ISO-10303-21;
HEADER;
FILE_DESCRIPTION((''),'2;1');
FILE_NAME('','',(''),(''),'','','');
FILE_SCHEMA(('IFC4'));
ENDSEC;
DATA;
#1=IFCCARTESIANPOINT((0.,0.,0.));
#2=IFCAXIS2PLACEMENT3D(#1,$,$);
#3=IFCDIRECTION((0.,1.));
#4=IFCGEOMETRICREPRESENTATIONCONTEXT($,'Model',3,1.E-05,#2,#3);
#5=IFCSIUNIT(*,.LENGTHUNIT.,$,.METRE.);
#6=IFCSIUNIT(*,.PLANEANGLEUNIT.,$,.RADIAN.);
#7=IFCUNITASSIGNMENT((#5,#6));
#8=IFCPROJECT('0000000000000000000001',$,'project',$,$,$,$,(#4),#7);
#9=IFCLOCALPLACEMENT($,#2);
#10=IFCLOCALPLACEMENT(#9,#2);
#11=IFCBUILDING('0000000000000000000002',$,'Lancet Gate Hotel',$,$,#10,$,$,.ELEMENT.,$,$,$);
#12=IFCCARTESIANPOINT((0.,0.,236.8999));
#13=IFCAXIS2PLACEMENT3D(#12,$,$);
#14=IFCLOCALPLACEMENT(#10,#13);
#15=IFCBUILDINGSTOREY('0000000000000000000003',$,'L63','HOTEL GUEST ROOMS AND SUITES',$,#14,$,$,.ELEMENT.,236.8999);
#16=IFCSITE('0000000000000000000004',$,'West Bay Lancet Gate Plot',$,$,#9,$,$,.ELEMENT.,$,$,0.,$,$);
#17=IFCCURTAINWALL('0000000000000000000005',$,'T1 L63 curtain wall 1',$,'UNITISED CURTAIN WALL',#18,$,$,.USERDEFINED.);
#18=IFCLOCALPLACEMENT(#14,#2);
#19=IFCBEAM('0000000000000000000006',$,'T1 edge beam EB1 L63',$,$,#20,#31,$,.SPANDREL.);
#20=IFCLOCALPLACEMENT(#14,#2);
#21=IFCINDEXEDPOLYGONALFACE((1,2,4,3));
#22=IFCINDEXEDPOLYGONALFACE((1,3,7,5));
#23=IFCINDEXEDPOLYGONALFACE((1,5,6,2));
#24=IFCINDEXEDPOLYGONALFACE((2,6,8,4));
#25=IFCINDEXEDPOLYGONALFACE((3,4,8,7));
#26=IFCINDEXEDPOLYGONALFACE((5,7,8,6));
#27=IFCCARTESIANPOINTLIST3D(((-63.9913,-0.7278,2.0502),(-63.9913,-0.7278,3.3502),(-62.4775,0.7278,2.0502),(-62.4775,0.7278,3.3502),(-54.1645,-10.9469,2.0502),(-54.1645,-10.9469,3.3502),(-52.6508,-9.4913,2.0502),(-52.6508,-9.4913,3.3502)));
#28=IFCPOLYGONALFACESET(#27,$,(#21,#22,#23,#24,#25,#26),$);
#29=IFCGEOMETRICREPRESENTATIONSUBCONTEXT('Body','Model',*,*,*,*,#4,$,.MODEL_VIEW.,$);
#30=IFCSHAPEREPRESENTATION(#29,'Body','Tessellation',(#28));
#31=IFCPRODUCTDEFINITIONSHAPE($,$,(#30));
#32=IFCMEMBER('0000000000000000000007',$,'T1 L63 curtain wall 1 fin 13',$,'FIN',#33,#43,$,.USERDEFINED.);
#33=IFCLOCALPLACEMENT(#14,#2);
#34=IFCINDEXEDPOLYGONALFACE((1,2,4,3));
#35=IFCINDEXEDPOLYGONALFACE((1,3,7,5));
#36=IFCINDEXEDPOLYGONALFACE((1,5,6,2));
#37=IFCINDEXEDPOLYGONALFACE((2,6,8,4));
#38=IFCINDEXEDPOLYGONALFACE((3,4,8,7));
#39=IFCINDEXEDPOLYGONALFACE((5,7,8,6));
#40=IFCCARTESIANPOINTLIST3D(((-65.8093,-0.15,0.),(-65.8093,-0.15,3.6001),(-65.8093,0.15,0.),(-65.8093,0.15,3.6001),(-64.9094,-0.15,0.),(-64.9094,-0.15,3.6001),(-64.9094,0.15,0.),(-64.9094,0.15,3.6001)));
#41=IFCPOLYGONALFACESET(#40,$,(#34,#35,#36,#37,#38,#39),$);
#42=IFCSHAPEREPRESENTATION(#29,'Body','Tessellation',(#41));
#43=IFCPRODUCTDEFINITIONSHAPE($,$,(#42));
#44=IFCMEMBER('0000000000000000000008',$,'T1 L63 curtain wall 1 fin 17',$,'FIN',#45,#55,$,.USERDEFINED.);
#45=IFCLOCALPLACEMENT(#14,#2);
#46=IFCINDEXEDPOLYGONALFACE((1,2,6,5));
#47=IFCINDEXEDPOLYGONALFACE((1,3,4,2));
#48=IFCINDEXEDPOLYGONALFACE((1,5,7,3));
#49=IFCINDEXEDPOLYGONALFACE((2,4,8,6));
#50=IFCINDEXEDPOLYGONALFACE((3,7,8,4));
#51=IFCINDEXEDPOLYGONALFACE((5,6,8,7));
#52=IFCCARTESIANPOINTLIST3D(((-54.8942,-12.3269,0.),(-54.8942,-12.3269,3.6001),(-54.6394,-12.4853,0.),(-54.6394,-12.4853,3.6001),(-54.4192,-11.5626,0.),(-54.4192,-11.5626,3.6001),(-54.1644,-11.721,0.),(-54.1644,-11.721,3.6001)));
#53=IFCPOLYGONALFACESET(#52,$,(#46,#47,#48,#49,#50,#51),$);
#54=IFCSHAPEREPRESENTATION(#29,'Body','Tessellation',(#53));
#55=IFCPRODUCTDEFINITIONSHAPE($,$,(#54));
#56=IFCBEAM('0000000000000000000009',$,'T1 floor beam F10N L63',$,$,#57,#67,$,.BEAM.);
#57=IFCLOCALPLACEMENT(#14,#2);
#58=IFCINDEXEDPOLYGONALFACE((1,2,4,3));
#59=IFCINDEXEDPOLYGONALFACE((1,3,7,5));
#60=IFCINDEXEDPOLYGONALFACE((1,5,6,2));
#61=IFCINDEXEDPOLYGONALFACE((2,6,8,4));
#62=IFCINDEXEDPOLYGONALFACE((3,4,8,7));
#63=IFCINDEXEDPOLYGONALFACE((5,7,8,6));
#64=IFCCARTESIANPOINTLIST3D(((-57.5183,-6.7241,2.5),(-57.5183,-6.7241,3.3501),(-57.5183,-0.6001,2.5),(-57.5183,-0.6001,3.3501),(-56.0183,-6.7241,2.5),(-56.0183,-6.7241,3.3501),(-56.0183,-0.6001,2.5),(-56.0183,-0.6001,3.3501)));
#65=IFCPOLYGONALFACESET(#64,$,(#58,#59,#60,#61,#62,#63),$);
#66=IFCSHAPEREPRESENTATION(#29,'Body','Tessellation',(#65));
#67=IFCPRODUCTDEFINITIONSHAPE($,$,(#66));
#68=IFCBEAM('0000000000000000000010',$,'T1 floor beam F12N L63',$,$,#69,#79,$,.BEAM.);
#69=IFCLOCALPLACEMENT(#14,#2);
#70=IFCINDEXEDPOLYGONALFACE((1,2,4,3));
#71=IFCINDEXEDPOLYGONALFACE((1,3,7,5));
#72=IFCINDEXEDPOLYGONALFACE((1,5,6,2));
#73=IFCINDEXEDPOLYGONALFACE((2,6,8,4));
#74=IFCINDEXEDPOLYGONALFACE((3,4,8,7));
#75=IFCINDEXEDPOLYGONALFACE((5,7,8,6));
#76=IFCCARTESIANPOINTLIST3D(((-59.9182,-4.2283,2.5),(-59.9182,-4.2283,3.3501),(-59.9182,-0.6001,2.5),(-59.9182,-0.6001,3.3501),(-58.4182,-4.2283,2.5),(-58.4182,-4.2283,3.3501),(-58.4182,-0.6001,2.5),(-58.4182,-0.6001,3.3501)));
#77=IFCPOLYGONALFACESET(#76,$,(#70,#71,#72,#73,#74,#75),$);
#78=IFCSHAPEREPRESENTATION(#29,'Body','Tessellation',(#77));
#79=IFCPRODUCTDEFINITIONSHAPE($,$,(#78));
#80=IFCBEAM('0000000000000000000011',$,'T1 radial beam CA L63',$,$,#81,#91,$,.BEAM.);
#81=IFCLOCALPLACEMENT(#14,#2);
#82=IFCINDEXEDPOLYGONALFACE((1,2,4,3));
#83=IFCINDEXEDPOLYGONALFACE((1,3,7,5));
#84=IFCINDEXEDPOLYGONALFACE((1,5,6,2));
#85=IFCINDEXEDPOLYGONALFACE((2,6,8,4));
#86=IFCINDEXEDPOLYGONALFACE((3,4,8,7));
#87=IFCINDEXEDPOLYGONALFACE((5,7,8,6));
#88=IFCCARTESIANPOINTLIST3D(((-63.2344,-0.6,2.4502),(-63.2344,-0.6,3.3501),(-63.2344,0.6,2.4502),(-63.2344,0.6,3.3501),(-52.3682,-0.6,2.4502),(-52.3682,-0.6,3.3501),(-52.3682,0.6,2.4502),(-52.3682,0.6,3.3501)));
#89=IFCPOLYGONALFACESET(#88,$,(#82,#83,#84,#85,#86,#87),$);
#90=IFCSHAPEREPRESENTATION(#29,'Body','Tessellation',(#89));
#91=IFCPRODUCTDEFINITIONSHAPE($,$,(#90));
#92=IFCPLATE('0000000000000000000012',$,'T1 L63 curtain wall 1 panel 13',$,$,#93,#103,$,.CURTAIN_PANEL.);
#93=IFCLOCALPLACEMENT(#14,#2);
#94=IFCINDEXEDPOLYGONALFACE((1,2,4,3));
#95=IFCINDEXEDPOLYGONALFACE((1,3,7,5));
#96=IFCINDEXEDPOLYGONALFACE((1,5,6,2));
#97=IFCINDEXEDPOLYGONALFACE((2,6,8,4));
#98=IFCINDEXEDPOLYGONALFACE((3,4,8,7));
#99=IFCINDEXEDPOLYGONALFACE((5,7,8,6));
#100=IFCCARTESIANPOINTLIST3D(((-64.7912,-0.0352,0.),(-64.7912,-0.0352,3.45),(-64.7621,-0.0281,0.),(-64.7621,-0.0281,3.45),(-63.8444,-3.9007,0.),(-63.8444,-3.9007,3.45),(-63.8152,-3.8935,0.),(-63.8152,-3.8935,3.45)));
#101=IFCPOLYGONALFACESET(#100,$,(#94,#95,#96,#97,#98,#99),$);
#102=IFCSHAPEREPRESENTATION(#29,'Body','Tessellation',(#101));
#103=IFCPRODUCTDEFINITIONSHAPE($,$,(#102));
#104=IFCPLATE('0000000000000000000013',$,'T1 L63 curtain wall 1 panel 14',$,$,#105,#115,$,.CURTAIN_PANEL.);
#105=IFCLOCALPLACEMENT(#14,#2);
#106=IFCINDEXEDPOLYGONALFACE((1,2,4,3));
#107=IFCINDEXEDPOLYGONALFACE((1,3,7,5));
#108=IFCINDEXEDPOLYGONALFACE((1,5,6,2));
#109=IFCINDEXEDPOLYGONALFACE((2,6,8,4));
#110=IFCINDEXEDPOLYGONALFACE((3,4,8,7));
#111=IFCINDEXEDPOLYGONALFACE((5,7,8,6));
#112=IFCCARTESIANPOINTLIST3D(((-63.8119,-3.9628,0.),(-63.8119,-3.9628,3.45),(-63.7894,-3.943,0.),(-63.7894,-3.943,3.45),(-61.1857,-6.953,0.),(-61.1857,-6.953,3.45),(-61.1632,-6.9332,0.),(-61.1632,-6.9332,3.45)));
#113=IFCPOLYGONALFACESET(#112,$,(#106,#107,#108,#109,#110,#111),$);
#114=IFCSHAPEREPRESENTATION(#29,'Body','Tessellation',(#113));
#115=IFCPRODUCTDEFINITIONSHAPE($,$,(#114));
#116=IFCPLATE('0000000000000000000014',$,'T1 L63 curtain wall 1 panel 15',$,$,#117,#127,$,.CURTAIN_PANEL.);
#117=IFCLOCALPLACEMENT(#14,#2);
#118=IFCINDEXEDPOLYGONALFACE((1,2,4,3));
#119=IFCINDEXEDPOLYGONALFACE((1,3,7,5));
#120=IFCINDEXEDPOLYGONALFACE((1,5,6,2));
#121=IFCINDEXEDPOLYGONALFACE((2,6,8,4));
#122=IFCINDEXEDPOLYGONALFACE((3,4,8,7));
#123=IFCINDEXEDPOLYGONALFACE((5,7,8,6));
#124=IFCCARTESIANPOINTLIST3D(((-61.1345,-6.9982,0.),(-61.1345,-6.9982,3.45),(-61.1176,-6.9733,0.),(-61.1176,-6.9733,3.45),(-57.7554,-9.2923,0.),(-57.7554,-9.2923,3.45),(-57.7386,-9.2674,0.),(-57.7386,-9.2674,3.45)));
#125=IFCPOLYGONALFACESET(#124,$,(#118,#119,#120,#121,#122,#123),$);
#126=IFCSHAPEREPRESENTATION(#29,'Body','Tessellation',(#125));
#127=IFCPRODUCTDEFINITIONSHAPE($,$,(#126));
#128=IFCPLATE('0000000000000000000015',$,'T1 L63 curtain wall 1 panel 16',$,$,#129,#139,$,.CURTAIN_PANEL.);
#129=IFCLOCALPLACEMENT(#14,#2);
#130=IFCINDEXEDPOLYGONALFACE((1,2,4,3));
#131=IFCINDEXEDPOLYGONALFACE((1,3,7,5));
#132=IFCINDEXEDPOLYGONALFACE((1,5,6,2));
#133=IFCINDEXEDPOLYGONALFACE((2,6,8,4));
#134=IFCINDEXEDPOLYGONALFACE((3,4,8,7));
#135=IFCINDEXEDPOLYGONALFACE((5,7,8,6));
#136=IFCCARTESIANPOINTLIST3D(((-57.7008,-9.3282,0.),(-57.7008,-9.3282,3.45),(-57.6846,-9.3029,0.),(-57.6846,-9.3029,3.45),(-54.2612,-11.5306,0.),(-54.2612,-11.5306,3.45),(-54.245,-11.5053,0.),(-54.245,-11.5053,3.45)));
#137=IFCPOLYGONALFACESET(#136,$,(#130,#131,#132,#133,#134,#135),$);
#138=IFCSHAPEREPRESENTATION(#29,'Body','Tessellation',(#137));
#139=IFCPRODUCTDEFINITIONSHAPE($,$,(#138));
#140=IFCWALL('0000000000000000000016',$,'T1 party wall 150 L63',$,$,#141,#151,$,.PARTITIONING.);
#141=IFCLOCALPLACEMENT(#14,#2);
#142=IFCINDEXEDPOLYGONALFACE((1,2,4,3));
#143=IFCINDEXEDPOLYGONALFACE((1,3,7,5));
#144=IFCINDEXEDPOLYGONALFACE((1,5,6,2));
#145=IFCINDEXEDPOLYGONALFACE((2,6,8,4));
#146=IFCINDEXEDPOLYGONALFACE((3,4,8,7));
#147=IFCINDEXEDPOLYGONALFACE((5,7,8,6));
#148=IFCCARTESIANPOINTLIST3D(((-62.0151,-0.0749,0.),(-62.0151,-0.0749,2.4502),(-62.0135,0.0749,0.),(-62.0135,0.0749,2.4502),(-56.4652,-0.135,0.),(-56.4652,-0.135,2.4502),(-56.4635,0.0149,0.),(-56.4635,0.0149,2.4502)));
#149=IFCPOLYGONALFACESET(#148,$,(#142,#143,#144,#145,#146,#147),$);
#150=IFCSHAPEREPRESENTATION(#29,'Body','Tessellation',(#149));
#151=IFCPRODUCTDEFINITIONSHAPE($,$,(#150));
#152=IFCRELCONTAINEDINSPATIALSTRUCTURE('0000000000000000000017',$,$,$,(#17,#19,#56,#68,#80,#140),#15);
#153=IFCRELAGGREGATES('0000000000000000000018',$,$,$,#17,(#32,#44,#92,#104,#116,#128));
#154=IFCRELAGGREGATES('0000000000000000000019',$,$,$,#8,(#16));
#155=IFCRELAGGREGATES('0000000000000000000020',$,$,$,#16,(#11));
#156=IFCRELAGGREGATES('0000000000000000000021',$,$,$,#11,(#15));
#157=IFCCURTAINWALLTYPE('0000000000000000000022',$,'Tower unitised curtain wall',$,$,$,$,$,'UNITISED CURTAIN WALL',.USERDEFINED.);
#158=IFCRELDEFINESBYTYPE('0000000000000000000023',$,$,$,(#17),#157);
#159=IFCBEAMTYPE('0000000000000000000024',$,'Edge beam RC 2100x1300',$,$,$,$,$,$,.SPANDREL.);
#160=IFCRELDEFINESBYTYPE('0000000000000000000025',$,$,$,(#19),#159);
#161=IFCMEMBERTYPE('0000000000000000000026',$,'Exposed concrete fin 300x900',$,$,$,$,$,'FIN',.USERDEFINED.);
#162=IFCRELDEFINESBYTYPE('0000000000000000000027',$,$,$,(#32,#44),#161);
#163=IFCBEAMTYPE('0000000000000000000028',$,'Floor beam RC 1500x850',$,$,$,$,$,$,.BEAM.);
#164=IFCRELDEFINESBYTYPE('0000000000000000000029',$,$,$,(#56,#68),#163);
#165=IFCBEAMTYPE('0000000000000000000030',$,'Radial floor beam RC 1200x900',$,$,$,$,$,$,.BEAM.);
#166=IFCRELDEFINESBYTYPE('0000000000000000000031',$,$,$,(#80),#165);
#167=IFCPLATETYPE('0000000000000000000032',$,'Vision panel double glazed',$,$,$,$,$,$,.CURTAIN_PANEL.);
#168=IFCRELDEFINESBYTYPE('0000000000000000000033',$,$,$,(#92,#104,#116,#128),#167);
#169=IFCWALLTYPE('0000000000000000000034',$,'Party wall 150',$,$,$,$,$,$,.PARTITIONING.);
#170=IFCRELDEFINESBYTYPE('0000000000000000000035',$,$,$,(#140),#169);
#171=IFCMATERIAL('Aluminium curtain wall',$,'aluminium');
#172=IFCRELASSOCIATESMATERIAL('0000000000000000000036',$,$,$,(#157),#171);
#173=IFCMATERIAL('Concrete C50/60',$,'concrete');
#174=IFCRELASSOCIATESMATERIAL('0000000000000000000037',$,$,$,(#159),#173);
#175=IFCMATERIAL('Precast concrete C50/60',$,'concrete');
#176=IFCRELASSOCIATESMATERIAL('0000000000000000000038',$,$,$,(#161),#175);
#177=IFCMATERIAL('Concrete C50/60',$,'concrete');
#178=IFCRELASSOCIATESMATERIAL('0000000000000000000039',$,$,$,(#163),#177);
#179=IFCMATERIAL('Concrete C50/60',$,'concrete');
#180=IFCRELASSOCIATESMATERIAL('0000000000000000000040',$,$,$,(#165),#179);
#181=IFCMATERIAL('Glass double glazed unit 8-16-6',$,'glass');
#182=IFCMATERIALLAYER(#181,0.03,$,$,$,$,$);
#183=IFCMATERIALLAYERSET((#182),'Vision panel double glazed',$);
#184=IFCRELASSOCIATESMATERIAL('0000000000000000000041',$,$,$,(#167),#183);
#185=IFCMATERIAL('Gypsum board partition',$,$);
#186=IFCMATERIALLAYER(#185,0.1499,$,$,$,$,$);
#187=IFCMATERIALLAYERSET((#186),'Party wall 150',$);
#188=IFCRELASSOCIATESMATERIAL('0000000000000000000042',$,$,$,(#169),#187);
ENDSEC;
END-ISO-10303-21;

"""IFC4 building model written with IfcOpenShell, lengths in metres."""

from ifc_helpers import new_model, si_unit, direction, frame, frame_2d, origin, origin_2d, place, context, subcontext, project, spatial, rectangle, extrude, material, layer, layer_set, material_profile, profile_set, type_object, element, aggregate, save


model = new_model("IFC4")

# Units and contexts
model_context = context("Model", 3, precision=1e-05, world=origin(), true_north=direction((0.0, 1.0)))
body_context = subcontext(model_context, "Body", "Model", "MODEL_VIEW")
ifc_project = project(units=[si_unit("LENGTHUNIT", "METRE"), si_unit("PLANEANGLEUNIT", "RADIAN")], contexts=[model_context])

# Site, building, storey
site_placement = place(None, origin())
site = spatial("IfcSite", under=ifc_project, at=site_placement, Name="West Bay Lancet Gate Plot", CompositionType="ELEMENT", RefElevation=0.0)
building_placement = place(site_placement, origin())
building = spatial("IfcBuilding", under=site, at=building_placement, Name="Lancet Gate Hotel", CompositionType="ELEMENT")
storey_placement = place(building_placement, frame((0.0, 0.0, 236.8999)))
storey = spatial("IfcBuildingStorey", under=building, at=storey_placement, Name="L63", Description="HOTEL GUEST ROOMS AND SUITES", CompositionType="ELEMENT", Elevation=236.8999)

# Curtain wall
ifc_material_1 = material(Name="Aluminium curtain wall", Category="aluminium")
curtain_wall_type = type_object("IfcCurtainWallType", Name="Tower unitised curtain wall", ElementType="UNITISED CURTAIN WALL", PredefinedType="USERDEFINED", material=ifc_material_1)
curtain_wall_placement = place(storey_placement, origin())
curtain_wall = element("IfcCurtainWall", 1, at=curtain_wall_placement, inside=storey, type_object=curtain_wall_type, Name="T1 L63 curtain wall 1", ObjectType="UNITISED CURTAIN WALL", PredefinedType="USERDEFINED")

# Beam
ifc_material_2 = material(Name="Concrete C50/60", Category="concrete")
ifc_material_profile_1 = material_profile(ifc_material_2, rectangle(XDim=2.1001, YDim=1.3, at=origin_2d()), Name="RC 2100x1300")
ifc_profile_set_1 = profile_set([ifc_material_profile_1], Name="Concrete C50/60")
beam_type_1 = type_object("IfcBeamType", Name="Edge beam RC 2100x1300", PredefinedType="SPANDREL", material=ifc_profile_set_1)
beam_1_placement = place(storey_placement, frame((-63.2344, 0.0, 2.7002), z_axis=(0.693135, -0.720808, 0.0), x_axis=(0.720808, 0.693135, 0.0)))
element("IfcBeam", 2, at=beam_1_placement, inside=storey, type_object=beam_type_1, Name="T1 edge beam EB1 L63", PredefinedType="SPANDREL", context=body_context, shape_type="SweptSolid", body=[
    extrude(rectangle(XDim=2.1001, YDim=1.3, at=origin_2d()), origin(), (0.0, 0.0, 1.0), 14.1772),
])

# Members
ifc_material_3 = material(Name="Precast concrete C50/60", Category="concrete")
ifc_material_profile_2 = material_profile(ifc_material_3, rectangle(XDim=0.3, YDim=0.8999, at=origin_2d()), Name="FIN 300x900")
ifc_profile_set_2 = profile_set([ifc_material_profile_2], Name="Precast concrete C50/60")
member_type_1 = type_object("IfcMemberType", Name="Exposed concrete fin 300x900", ElementType="FIN", PredefinedType="USERDEFINED", material=ifc_profile_set_2)
member_1_placement = place(storey_placement, frame((-65.3594, 0.0, 0.0), z_axis=(0.0, 0.0, 1.0), x_axis=(0.0, -1.0, 0.0)))
member_1 = element("IfcMember", 3, at=member_1_placement, type_object=member_type_1, Name="T1 L63 curtain wall 1 fin 13", ObjectType="FIN", PredefinedType="USERDEFINED", context=body_context, shape_type="SweptSolid", body=[
    extrude(rectangle(XDim=0.3, YDim=0.8999, at=origin_2d()), origin(), (0.0, 0.0, 1.0), 3.6001),
])
member_2_placement = place(storey_placement, frame((-54.5293, -12.0239, 0.0), z_axis=(0.0, 0.0, 1.0), x_axis=(0.849342, -0.527842, 0.0)))
member_2 = element("IfcMember", 4, at=member_2_placement, type_object=member_type_1, Name="T1 L63 curtain wall 1 fin 17", ObjectType="FIN", PredefinedType="USERDEFINED", context=body_context, shape_type="SweptSolid", body=[
    extrude(rectangle(XDim=0.3, YDim=0.8999, at=origin_2d()), origin(), (0.0, 0.0, 1.0), 3.6001),
])

# Beams
ifc_material_4 = material(Name="Concrete C50/60", Category="concrete")
ifc_material_profile_3 = material_profile(ifc_material_4, rectangle(XDim=1.5, YDim=0.8501, at=origin_2d()), Name="RC 1500x850")
ifc_profile_set_3 = profile_set([ifc_material_profile_3], Name="Concrete C50/60")
beam_type_2 = type_object("IfcBeamType", Name="Floor beam RC 1500x850", PredefinedType="BEAM", material=ifc_profile_set_3)
beam_2_placement = place(storey_placement, frame((-56.7683, -0.6001, 2.925), z_axis=(0.0, -1.0, 0.0), x_axis=(1.0, 0.0, 0.0)))
element("IfcBeam", 5, at=beam_2_placement, inside=storey, type_object=beam_type_2, Name="T1 floor beam F10N L63", PredefinedType="BEAM", context=body_context, shape_type="SweptSolid", body=[
    extrude(rectangle(XDim=1.5, YDim=0.8501, at=origin_2d()), origin(), (0.0, 0.0, 1.0), 6.124),
])
beam_3_placement = place(storey_placement, frame((-59.1682, -0.6001, 2.925), z_axis=(0.0, -1.0, 0.0), x_axis=(1.0, 0.0, 0.0)))
element("IfcBeam", 6, at=beam_3_placement, inside=storey, type_object=beam_type_2, Name="T1 floor beam F12N L63", PredefinedType="BEAM", context=body_context, shape_type="SweptSolid", body=[
    extrude(rectangle(XDim=1.5, YDim=0.8501, at=origin_2d()), origin(), (0.0, 0.0, 1.0), 3.6282),
])
ifc_material_5 = material(Name="Concrete C50/60", Category="concrete")
ifc_material_profile_4 = material_profile(ifc_material_5, rectangle(XDim=1.2, YDim=0.8999, at=origin_2d()), Name="RC 1200x900")
ifc_profile_set_4 = profile_set([ifc_material_profile_4], Name="Concrete C50/60")
beam_type_3 = type_object("IfcBeamType", Name="Radial floor beam RC 1200x900", PredefinedType="BEAM", material=ifc_profile_set_4)
beam_4_placement = place(storey_placement, frame((-63.2344, 0.0, 2.9001), z_axis=(1.0, 0.0, 0.0), x_axis=(0.0, 1.0, 0.0)))
element("IfcBeam", 7, at=beam_4_placement, inside=storey, type_object=beam_type_3, Name="T1 radial beam CA L63", PredefinedType="BEAM", context=body_context, shape_type="SweptSolid", body=[
    extrude(rectangle(XDim=1.2, YDim=0.8999, at=origin_2d()), origin(), (0.0, 0.0, 1.0), 10.8662),
])

# Plates
ifc_material_6 = material(Name="Glass double glazed unit 8-16-6", Category="glass")
ifc_layer_1 = layer(ifc_material_6, 0.03)
ifc_layer_set_1 = layer_set([ifc_layer_1], Name="Vision panel double glazed")
plate_type = type_object("IfcPlateType", Name="Vision panel double glazed", PredefinedType="CURTAIN_PANEL", material=ifc_layer_set_1)
plate_1_placement = place(storey_placement, frame((-64.3032, -1.9644, 0.0), z_axis=(0.0, 0.0, 1.0), x_axis=(0.237921, -0.971285, 0.0)))
plate_1 = element("IfcPlate", 8, at=plate_1_placement, type_object=plate_type, Name="T1 L63 curtain wall 1 panel 13", PredefinedType="CURTAIN_PANEL", context=body_context, shape_type="SweptSolid", body=[
    extrude(rectangle(XDim=3.9797, YDim=0.03, at=origin_2d()), origin(), (0.0, 0.0, 1.0), 3.45),
])
plate_2_placement = place(storey_placement, frame((-62.4875, -5.448, 0.0), z_axis=(0.0, 0.0, 1.0), x_axis=(0.659892, -0.751361, 0.0)))
plate_2 = element("IfcPlate", 9, at=plate_2_placement, type_object=plate_type, Name="T1 L63 curtain wall 1 panel 14", PredefinedType="CURTAIN_PANEL", context=body_context, shape_type="SweptSolid", body=[
    extrude(rectangle(XDim=3.9797, YDim=0.03, at=origin_2d()), origin(), (0.0, 0.0, 1.0), 3.45),
])
plate_3_placement = place(storey_placement, frame((-59.4365, -8.1328, 0.0), z_axis=(0.0, 0.0, 1.0), x_axis=(0.827342, -0.561698, 0.0)))
plate_3 = element("IfcPlate", 10, at=plate_3_placement, type_object=plate_type, Name="T1 L63 curtain wall 1 panel 15", PredefinedType="CURTAIN_PANEL", context=body_context, shape_type="SweptSolid", body=[
    extrude(rectangle(XDim=4.0842, YDim=0.03, at=origin_2d()), origin(), (0.0, 0.0, 1.0), 3.45),
])
plate_4_placement = place(storey_placement, frame((-55.9729, -10.4167, 0.0), z_axis=(0.0, 0.0, 1.0), x_axis=(0.842161, -0.539226, 0.0)))
plate_4 = element("IfcPlate", 11, at=plate_4_placement, type_object=plate_type, Name="T1 L63 curtain wall 1 panel 16", PredefinedType="CURTAIN_PANEL", context=body_context, shape_type="SweptSolid", body=[
    extrude(rectangle(XDim=4.0842, YDim=0.03, at=origin_2d()), origin(), (0.0, 0.0, 1.0), 3.45),
])
aggregate(curtain_wall, [member_1, member_2, plate_1, plate_2, plate_3, plate_4])

# Wall
ifc_material_7 = material(Name="Gypsum board partition")
ifc_layer_2 = layer(ifc_material_7, 0.1499)
ifc_layer_set_2 = layer_set([ifc_layer_2], Name="Party wall 150")
wall_type = type_object("IfcWallType", Name="Party wall 150", PredefinedType="PARTITIONING", material=ifc_layer_set_2)
wall_placement = place(storey_placement, frame((-56.4644, -0.0601, 0.0), z_axis=(0.0, 0.0, 1.0), x_axis=(-0.999941, 0.010821, 0.0)))
element("IfcWall", 12, at=wall_placement, inside=storey, type_object=wall_type, Name="T1 party wall 150 L63", PredefinedType="PARTITIONING", context=body_context, shape_type="SweptSolid", body=[
    extrude(rectangle(XDim=5.5503, YDim=0.1499, at=frame_2d((2.7751, 0.0))), origin(), (0.0, 0.0, 1.0), 2.4502),
])

save(model, "model.ifc")
